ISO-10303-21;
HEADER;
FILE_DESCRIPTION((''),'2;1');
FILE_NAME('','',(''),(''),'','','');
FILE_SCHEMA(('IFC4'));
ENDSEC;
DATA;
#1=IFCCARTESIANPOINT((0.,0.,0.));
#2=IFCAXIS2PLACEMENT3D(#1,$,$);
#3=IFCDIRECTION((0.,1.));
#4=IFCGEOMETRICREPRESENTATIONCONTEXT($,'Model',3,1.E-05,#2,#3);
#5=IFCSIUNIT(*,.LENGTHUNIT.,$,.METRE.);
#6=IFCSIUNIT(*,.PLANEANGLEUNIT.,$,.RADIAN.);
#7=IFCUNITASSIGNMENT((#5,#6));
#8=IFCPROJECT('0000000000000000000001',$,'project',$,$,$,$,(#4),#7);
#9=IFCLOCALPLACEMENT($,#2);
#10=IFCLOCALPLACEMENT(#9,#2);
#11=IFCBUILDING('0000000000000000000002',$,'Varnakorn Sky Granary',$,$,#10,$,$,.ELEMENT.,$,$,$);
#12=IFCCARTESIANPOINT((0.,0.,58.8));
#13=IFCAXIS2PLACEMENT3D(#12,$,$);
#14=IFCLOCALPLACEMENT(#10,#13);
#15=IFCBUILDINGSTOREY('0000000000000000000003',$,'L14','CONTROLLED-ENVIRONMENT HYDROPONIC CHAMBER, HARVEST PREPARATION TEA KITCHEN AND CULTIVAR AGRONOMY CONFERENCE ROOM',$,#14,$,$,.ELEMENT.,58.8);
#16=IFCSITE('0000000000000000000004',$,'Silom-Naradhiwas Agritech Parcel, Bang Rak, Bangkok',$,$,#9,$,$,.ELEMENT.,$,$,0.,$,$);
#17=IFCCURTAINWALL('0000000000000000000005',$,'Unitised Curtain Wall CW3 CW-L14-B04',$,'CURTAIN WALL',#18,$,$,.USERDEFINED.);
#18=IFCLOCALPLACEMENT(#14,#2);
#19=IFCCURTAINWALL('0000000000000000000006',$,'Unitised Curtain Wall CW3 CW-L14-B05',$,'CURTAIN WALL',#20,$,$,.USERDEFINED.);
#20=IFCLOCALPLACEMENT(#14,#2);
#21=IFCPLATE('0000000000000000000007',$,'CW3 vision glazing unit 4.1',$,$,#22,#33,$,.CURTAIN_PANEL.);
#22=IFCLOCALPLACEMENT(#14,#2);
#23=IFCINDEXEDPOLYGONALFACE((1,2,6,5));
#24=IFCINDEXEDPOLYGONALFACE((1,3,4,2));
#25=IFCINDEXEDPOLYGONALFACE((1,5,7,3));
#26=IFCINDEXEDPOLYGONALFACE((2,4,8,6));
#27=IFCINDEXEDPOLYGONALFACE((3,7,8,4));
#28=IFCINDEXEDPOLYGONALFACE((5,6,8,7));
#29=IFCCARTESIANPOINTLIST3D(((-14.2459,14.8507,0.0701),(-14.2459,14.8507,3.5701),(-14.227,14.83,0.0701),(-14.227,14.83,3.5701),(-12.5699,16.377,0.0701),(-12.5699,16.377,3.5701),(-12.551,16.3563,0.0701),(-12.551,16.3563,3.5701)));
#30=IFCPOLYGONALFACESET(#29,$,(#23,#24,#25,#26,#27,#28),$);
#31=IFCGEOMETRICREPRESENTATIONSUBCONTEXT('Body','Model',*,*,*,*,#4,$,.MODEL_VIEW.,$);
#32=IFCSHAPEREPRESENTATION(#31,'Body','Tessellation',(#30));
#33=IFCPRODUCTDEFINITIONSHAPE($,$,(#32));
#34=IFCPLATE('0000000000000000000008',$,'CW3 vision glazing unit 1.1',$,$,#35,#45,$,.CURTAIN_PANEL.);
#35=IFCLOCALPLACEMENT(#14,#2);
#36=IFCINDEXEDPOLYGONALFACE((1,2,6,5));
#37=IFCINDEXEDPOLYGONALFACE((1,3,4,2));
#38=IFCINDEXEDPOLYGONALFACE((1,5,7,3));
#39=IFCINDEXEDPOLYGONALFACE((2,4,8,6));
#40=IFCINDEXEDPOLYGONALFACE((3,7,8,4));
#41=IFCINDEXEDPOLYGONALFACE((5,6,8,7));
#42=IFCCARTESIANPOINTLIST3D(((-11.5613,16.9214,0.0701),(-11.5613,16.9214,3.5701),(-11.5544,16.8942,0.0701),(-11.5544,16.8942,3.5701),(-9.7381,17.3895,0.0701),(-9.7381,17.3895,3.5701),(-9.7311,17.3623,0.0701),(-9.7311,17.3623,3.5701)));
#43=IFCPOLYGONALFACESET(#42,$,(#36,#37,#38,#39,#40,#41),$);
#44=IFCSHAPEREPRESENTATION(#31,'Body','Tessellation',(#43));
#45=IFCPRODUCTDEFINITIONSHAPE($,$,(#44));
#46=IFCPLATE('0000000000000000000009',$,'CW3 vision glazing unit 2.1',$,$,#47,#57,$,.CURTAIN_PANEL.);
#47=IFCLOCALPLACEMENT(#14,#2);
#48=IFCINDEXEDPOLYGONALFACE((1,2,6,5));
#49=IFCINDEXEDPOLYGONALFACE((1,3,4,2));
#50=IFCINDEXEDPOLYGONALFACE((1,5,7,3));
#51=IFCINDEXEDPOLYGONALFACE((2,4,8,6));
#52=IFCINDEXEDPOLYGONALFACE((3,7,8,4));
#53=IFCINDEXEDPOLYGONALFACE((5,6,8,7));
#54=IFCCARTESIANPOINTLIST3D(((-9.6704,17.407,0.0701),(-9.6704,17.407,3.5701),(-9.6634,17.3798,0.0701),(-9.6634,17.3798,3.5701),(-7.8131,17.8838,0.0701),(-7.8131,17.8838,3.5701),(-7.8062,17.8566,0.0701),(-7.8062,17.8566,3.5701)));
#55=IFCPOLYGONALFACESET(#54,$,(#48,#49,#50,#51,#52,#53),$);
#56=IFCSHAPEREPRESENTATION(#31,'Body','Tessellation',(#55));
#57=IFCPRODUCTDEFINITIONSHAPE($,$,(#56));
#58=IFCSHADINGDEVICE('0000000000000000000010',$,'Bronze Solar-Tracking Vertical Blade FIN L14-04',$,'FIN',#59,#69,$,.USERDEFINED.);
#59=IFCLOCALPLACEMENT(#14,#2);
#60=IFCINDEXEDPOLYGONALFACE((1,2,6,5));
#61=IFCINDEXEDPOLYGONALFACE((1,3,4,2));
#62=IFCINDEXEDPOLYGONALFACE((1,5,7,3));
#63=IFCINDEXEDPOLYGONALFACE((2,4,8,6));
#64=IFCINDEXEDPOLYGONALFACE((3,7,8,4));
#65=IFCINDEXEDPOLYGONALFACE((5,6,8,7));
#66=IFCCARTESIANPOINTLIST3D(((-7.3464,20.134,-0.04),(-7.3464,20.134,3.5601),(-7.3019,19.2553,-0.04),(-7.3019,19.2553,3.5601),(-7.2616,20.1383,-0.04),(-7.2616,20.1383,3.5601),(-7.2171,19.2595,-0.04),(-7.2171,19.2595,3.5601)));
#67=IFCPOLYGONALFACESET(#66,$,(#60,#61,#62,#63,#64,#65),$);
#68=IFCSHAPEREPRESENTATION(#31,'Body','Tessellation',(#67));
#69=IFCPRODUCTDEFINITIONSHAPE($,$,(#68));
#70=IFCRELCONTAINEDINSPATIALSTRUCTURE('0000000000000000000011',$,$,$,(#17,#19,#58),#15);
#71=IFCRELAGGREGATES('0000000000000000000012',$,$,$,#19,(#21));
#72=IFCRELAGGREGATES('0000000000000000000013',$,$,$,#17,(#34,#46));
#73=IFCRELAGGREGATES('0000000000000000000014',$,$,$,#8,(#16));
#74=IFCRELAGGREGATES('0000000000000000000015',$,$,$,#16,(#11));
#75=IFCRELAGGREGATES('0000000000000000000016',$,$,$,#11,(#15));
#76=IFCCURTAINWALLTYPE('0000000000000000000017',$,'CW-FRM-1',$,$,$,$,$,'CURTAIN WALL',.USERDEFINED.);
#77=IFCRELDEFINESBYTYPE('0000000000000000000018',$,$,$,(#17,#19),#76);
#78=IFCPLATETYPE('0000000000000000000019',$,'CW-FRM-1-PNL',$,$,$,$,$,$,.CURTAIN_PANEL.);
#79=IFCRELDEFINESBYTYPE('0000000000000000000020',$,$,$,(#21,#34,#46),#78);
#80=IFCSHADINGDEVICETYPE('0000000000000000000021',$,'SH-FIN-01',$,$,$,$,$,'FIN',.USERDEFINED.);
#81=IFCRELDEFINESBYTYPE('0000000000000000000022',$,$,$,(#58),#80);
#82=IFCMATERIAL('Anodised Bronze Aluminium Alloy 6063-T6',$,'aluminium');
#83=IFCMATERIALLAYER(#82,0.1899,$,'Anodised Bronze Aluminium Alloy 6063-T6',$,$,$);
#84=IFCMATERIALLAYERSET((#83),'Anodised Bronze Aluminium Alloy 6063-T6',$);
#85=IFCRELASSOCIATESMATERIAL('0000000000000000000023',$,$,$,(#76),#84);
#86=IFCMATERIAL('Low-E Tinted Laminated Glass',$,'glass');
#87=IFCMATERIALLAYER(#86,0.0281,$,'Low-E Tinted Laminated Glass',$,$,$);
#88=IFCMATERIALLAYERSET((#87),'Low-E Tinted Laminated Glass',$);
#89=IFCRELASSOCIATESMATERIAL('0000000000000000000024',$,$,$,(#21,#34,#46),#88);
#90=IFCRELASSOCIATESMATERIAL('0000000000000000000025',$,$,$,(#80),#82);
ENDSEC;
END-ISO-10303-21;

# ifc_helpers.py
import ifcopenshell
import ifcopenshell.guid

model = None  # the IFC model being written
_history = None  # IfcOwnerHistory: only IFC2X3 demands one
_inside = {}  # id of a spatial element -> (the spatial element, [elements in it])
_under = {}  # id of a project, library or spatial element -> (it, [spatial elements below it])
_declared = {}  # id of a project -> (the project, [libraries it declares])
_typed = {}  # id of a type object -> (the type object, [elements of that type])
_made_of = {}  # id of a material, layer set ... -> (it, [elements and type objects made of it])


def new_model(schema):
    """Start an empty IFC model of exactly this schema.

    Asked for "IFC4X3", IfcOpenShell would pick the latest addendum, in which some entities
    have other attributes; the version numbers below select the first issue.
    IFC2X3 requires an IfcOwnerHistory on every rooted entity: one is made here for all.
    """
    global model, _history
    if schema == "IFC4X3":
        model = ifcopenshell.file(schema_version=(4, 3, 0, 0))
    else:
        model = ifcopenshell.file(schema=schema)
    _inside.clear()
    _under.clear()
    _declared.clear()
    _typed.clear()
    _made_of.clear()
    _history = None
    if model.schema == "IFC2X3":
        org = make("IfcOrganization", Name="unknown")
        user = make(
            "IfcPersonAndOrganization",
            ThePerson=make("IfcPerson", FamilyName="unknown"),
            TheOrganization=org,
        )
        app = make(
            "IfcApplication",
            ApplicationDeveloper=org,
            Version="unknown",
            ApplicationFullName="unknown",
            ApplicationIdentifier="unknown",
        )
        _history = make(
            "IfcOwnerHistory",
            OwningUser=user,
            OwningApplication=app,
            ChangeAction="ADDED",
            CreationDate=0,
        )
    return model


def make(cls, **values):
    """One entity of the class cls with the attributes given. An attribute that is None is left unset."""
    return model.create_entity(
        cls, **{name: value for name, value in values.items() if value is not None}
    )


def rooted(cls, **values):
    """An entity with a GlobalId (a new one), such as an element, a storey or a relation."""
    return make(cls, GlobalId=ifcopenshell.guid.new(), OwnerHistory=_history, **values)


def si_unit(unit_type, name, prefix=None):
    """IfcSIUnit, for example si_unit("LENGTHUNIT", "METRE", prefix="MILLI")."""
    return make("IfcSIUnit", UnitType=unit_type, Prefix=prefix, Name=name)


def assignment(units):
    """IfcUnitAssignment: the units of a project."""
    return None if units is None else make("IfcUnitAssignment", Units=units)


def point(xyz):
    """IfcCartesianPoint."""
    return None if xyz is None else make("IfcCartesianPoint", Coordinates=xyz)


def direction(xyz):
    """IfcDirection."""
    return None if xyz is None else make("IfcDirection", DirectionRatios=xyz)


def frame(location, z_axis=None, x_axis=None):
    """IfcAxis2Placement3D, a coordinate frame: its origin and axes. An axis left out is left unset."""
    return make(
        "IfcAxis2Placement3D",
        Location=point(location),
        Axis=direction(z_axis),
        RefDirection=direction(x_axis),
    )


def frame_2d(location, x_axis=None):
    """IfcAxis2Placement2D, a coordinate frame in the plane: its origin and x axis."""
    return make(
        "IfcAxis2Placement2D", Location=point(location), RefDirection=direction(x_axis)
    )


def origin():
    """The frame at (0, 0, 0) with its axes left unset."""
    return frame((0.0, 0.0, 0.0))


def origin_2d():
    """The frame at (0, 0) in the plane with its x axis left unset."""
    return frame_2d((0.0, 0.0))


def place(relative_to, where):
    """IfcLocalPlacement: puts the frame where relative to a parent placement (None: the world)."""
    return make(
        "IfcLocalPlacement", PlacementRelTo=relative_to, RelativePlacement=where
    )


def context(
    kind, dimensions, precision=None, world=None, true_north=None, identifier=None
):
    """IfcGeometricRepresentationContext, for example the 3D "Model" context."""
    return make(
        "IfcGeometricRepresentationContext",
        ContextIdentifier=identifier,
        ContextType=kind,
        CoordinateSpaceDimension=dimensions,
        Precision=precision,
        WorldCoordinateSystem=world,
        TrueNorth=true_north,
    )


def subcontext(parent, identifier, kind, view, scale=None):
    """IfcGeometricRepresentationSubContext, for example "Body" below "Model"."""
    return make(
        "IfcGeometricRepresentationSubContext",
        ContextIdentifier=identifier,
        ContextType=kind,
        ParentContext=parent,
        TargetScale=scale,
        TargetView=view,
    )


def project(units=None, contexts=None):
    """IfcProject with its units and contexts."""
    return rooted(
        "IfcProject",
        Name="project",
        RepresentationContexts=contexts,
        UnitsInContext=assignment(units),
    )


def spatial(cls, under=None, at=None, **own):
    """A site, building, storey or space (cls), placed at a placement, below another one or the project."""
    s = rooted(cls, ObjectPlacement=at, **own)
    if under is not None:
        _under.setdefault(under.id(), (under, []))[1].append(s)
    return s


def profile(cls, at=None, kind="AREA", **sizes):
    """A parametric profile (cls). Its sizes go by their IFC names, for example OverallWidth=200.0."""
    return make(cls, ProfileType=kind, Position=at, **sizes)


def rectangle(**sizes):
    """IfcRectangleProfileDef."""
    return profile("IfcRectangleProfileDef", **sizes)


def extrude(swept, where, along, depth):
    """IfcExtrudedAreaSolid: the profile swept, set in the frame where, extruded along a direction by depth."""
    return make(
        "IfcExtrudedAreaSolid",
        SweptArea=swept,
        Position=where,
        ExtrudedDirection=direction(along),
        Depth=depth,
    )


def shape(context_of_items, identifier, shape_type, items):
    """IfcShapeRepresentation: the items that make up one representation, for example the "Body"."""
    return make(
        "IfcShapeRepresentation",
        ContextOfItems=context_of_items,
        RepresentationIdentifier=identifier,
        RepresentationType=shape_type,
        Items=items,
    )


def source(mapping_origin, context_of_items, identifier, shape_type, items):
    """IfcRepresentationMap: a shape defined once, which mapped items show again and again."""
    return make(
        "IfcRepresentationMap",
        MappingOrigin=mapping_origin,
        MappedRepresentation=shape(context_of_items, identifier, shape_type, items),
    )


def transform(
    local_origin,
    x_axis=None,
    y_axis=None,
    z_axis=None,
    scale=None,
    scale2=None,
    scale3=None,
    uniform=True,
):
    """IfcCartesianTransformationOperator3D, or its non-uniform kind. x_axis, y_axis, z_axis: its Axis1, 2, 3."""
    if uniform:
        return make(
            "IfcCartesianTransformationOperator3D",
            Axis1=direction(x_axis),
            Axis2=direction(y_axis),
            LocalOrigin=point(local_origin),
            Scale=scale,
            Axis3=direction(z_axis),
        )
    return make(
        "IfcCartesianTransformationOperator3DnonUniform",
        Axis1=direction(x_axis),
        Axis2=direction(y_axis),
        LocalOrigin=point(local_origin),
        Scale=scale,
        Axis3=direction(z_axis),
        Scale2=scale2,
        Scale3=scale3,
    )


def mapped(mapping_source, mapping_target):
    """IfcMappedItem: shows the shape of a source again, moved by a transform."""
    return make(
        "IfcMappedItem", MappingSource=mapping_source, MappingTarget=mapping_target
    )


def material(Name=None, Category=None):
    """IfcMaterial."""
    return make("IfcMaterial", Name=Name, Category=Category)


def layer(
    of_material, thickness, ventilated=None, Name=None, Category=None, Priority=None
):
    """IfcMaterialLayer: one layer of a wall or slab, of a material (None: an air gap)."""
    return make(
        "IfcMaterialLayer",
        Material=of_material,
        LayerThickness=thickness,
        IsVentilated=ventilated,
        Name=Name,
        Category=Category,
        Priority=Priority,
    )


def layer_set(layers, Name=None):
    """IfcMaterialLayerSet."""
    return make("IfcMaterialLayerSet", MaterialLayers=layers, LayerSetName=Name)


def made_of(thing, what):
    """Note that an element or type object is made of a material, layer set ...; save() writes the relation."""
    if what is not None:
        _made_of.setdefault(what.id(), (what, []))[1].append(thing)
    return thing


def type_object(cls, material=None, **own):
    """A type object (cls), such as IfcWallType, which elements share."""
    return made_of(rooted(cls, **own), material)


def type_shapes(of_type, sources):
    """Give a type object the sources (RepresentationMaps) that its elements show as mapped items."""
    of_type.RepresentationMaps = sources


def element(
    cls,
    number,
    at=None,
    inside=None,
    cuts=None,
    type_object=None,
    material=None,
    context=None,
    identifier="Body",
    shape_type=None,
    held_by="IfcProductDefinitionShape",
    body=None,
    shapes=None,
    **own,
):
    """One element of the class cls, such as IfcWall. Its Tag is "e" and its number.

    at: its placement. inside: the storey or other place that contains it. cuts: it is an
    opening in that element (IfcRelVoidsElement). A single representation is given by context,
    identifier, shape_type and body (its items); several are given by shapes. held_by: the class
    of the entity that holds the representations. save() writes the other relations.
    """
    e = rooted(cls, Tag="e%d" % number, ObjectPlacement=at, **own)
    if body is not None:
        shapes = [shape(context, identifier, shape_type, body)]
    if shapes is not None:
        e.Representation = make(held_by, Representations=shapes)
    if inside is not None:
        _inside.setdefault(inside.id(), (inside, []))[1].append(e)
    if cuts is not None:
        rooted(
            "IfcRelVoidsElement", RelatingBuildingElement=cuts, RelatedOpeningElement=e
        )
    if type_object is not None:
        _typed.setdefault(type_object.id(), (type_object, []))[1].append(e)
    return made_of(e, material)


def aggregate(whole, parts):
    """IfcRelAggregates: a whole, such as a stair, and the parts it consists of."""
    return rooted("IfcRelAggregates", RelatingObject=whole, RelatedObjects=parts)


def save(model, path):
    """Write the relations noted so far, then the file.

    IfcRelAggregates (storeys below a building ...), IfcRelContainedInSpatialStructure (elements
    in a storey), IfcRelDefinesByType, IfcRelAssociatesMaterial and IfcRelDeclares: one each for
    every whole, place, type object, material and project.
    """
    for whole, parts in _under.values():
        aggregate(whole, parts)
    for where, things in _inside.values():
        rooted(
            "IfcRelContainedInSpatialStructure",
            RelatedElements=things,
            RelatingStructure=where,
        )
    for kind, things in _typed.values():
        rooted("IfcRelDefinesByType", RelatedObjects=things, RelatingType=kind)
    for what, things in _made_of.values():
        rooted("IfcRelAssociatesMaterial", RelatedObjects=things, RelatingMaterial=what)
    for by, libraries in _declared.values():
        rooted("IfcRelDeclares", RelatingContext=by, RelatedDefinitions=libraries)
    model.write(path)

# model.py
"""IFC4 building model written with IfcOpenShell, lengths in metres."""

from ifc_helpers import new_model, si_unit, direction, frame, origin, origin_2d, place, context, subcontext, project, spatial, rectangle, extrude, source, transform, mapped, material, layer, layer_set, type_object, type_shapes, element, aggregate, save


model = new_model("IFC4")

# Units and contexts
model_context = context("Model", 3, precision=1e-05, world=origin(), true_north=direction((0.0, 1.0)))
body_context = subcontext(model_context, "Body", "Model", "MODEL_VIEW")
ifc_project = project(units=[si_unit("LENGTHUNIT", "METRE"), si_unit("PLANEANGLEUNIT", "RADIAN")], contexts=[model_context])

# Site, building, storey
site_placement = place(None, origin())
site = spatial("IfcSite", under=ifc_project, at=site_placement, Name="Silom-Naradhiwas Agritech Parcel, Bang Rak, Bangkok", CompositionType="ELEMENT", RefElevation=0.0)
building_placement = place(site_placement, origin())
building = spatial("IfcBuilding", under=site, at=building_placement, Name="Varnakorn Sky Granary", CompositionType="ELEMENT")
storey_placement = place(building_placement, frame((0.0, 0.0, 58.8)))
storey = spatial("IfcBuildingStorey", under=building, at=storey_placement, Name="L14", Description="CONTROLLED-ENVIRONMENT HYDROPONIC CHAMBER, HARVEST PREPARATION TEA KITCHEN AND CULTIVAR AGRONOMY CONFERENCE ROOM", CompositionType="ELEMENT", Elevation=58.8)

# Curtain walls
ifc_material_1 = material(Name="Anodised Bronze Aluminium Alloy 6063-T6", Category="aluminium")
ifc_layer_1 = layer(ifc_material_1, 0.1899, Name="Anodised Bronze Aluminium Alloy 6063-T6")
ifc_layer_set_1 = layer_set([ifc_layer_1], Name="Anodised Bronze Aluminium Alloy 6063-T6")
curtain_wall_type = type_object("IfcCurtainWallType", Name="CW-FRM-1", ElementType="CURTAIN WALL", PredefinedType="USERDEFINED", material=ifc_layer_set_1)
curtain_wall_1_placement = place(storey_placement, origin())
curtain_wall_1 = element("IfcCurtainWall", 1, at=curtain_wall_1_placement, inside=storey, type_object=curtain_wall_type, Name="Unitised Curtain Wall CW3 CW-L14-B04", ObjectType="CURTAIN WALL", PredefinedType="USERDEFINED")
curtain_wall_2_placement = place(storey_placement, origin())
curtain_wall_2 = element("IfcCurtainWall", 2, at=curtain_wall_2_placement, inside=storey, type_object=curtain_wall_type, Name="Unitised Curtain Wall CW3 CW-L14-B05", ObjectType="CURTAIN WALL", PredefinedType="USERDEFINED")

# Plates
ifc_material_2 = material(Name="Low-E Tinted Laminated Glass", Category="glass")
ifc_layer_2 = layer(ifc_material_2, 0.0281, Name="Low-E Tinted Laminated Glass")
ifc_layer_set_2 = layer_set([ifc_layer_2], Name="Low-E Tinted Laminated Glass")
plate_type = type_object("IfcPlateType", Name="CW-FRM-1-PNL", PredefinedType="CURTAIN_PANEL")
shared_shape_1 = source(origin(), body_context, "Body", "SweptSolid", [
    extrude(rectangle(XDim=2.2668, YDim=0.0281, at=origin_2d()), origin(), (0.0, 0.0, 1.0), 3.5),
])
plate_1_placement = place(storey_placement, frame((-13.3984, 15.6035, 0.0701), z_axis=(0.0, 0.0, 1.0), x_axis=(0.739352, 0.673319, 0.0)))
plate_1 = element("IfcPlate", 3, at=plate_1_placement, type_object=plate_type, material=ifc_layer_set_2, Name="CW3 vision glazing unit 4.1", PredefinedType="CURTAIN_PANEL", context=body_context, shape_type="MappedRepresentation", body=[
    mapped(shared_shape_1, transform((0.0, 0.0, 0.0), x_axis=(1.0, 0.0, 0.0), y_axis=(0.0, 1.0, 0.0), z_axis=(0.0, 0.0, 1.0), scale=1.0)),
])
aggregate(curtain_wall_2, [plate_1])
shared_shape_2 = source(origin(), body_context, "Body", "SweptSolid", [
    extrude(rectangle(XDim=1.8823, YDim=0.0281, at=origin_2d()), origin(), (0.0, 0.0, 1.0), 3.5),
])
plate_2_placement = place(storey_placement, frame((-10.6462, 17.1418, 0.0701), z_axis=(0.0, 0.0, 1.0), x_axis=(0.968592, 0.248656, 0.0)))
plate_2 = element("IfcPlate", 4, at=plate_2_placement, type_object=plate_type, material=ifc_layer_set_2, Name="CW3 vision glazing unit 1.1", PredefinedType="CURTAIN_PANEL", context=body_context, shape_type="MappedRepresentation", body=[
    mapped(shared_shape_2, transform((0.0, 0.0, 0.0), x_axis=(1.0, 0.0, 0.0), y_axis=(0.0, 1.0, 0.0), z_axis=(0.0, 0.0, 1.0), scale=1.0)),
])
shared_shape_3 = source(origin(), body_context, "Body", "SweptSolid", [
    extrude(rectangle(XDim=1.9175, YDim=0.0281, at=origin_2d()), origin(), (0.0, 0.0, 1.0), 3.5),
])
plate_3_placement = place(storey_placement, frame((-8.7383, 17.6318, 0.0701), z_axis=(0.0, 0.0, 1.0), x_axis=(0.968592, 0.248656, 0.0)))
plate_3 = element("IfcPlate", 5, at=plate_3_placement, type_object=plate_type, material=ifc_layer_set_2, Name="CW3 vision glazing unit 2.1", PredefinedType="CURTAIN_PANEL", context=body_context, shape_type="MappedRepresentation", body=[
    mapped(shared_shape_3, transform((0.0, 0.0, 0.0), x_axis=(1.0, 0.0, 0.0), y_axis=(0.0, 1.0, 0.0), z_axis=(0.0, 0.0, 1.0), scale=1.0)),
])
aggregate(curtain_wall_1, [plate_2, plate_3])

# Shading device
shading_device_type = type_object("IfcShadingDeviceType", Name="SH-FIN-01", ElementType="FIN", PredefinedType="USERDEFINED", material=ifc_material_1)
shared_shape_4 = source(origin(), body_context, "Body", "SweptSolid", [
    extrude(rectangle(XDim=0.085, YDim=0.8799, at=origin_2d()), origin(), (0.0, 0.0, 1.0), 3.6001),
])
type_shapes(shading_device_type, [shared_shape_4])
shading_device_placement = place(storey_placement, frame((-7.2817, 19.6968, -0.04), z_axis=(0.0, 0.0, 1.0), x_axis=(-0.998722, -0.05055, 0.0)))
element("IfcShadingDevice", 6, at=shading_device_placement, inside=storey, type_object=shading_device_type, Name="Bronze Solar-Tracking Vertical Blade FIN L14-04", ObjectType="FIN", PredefinedType="USERDEFINED", context=body_context, shape_type="MappedRepresentation", body=[
    mapped(shared_shape_4, transform((0.0, 0.0, 0.0), x_axis=(1.0, 0.0, 0.0), y_axis=(0.0, 1.0, 0.0), z_axis=(0.0, 0.0, 1.0), scale=1.0)),
])

save(model, "model.ifc")
